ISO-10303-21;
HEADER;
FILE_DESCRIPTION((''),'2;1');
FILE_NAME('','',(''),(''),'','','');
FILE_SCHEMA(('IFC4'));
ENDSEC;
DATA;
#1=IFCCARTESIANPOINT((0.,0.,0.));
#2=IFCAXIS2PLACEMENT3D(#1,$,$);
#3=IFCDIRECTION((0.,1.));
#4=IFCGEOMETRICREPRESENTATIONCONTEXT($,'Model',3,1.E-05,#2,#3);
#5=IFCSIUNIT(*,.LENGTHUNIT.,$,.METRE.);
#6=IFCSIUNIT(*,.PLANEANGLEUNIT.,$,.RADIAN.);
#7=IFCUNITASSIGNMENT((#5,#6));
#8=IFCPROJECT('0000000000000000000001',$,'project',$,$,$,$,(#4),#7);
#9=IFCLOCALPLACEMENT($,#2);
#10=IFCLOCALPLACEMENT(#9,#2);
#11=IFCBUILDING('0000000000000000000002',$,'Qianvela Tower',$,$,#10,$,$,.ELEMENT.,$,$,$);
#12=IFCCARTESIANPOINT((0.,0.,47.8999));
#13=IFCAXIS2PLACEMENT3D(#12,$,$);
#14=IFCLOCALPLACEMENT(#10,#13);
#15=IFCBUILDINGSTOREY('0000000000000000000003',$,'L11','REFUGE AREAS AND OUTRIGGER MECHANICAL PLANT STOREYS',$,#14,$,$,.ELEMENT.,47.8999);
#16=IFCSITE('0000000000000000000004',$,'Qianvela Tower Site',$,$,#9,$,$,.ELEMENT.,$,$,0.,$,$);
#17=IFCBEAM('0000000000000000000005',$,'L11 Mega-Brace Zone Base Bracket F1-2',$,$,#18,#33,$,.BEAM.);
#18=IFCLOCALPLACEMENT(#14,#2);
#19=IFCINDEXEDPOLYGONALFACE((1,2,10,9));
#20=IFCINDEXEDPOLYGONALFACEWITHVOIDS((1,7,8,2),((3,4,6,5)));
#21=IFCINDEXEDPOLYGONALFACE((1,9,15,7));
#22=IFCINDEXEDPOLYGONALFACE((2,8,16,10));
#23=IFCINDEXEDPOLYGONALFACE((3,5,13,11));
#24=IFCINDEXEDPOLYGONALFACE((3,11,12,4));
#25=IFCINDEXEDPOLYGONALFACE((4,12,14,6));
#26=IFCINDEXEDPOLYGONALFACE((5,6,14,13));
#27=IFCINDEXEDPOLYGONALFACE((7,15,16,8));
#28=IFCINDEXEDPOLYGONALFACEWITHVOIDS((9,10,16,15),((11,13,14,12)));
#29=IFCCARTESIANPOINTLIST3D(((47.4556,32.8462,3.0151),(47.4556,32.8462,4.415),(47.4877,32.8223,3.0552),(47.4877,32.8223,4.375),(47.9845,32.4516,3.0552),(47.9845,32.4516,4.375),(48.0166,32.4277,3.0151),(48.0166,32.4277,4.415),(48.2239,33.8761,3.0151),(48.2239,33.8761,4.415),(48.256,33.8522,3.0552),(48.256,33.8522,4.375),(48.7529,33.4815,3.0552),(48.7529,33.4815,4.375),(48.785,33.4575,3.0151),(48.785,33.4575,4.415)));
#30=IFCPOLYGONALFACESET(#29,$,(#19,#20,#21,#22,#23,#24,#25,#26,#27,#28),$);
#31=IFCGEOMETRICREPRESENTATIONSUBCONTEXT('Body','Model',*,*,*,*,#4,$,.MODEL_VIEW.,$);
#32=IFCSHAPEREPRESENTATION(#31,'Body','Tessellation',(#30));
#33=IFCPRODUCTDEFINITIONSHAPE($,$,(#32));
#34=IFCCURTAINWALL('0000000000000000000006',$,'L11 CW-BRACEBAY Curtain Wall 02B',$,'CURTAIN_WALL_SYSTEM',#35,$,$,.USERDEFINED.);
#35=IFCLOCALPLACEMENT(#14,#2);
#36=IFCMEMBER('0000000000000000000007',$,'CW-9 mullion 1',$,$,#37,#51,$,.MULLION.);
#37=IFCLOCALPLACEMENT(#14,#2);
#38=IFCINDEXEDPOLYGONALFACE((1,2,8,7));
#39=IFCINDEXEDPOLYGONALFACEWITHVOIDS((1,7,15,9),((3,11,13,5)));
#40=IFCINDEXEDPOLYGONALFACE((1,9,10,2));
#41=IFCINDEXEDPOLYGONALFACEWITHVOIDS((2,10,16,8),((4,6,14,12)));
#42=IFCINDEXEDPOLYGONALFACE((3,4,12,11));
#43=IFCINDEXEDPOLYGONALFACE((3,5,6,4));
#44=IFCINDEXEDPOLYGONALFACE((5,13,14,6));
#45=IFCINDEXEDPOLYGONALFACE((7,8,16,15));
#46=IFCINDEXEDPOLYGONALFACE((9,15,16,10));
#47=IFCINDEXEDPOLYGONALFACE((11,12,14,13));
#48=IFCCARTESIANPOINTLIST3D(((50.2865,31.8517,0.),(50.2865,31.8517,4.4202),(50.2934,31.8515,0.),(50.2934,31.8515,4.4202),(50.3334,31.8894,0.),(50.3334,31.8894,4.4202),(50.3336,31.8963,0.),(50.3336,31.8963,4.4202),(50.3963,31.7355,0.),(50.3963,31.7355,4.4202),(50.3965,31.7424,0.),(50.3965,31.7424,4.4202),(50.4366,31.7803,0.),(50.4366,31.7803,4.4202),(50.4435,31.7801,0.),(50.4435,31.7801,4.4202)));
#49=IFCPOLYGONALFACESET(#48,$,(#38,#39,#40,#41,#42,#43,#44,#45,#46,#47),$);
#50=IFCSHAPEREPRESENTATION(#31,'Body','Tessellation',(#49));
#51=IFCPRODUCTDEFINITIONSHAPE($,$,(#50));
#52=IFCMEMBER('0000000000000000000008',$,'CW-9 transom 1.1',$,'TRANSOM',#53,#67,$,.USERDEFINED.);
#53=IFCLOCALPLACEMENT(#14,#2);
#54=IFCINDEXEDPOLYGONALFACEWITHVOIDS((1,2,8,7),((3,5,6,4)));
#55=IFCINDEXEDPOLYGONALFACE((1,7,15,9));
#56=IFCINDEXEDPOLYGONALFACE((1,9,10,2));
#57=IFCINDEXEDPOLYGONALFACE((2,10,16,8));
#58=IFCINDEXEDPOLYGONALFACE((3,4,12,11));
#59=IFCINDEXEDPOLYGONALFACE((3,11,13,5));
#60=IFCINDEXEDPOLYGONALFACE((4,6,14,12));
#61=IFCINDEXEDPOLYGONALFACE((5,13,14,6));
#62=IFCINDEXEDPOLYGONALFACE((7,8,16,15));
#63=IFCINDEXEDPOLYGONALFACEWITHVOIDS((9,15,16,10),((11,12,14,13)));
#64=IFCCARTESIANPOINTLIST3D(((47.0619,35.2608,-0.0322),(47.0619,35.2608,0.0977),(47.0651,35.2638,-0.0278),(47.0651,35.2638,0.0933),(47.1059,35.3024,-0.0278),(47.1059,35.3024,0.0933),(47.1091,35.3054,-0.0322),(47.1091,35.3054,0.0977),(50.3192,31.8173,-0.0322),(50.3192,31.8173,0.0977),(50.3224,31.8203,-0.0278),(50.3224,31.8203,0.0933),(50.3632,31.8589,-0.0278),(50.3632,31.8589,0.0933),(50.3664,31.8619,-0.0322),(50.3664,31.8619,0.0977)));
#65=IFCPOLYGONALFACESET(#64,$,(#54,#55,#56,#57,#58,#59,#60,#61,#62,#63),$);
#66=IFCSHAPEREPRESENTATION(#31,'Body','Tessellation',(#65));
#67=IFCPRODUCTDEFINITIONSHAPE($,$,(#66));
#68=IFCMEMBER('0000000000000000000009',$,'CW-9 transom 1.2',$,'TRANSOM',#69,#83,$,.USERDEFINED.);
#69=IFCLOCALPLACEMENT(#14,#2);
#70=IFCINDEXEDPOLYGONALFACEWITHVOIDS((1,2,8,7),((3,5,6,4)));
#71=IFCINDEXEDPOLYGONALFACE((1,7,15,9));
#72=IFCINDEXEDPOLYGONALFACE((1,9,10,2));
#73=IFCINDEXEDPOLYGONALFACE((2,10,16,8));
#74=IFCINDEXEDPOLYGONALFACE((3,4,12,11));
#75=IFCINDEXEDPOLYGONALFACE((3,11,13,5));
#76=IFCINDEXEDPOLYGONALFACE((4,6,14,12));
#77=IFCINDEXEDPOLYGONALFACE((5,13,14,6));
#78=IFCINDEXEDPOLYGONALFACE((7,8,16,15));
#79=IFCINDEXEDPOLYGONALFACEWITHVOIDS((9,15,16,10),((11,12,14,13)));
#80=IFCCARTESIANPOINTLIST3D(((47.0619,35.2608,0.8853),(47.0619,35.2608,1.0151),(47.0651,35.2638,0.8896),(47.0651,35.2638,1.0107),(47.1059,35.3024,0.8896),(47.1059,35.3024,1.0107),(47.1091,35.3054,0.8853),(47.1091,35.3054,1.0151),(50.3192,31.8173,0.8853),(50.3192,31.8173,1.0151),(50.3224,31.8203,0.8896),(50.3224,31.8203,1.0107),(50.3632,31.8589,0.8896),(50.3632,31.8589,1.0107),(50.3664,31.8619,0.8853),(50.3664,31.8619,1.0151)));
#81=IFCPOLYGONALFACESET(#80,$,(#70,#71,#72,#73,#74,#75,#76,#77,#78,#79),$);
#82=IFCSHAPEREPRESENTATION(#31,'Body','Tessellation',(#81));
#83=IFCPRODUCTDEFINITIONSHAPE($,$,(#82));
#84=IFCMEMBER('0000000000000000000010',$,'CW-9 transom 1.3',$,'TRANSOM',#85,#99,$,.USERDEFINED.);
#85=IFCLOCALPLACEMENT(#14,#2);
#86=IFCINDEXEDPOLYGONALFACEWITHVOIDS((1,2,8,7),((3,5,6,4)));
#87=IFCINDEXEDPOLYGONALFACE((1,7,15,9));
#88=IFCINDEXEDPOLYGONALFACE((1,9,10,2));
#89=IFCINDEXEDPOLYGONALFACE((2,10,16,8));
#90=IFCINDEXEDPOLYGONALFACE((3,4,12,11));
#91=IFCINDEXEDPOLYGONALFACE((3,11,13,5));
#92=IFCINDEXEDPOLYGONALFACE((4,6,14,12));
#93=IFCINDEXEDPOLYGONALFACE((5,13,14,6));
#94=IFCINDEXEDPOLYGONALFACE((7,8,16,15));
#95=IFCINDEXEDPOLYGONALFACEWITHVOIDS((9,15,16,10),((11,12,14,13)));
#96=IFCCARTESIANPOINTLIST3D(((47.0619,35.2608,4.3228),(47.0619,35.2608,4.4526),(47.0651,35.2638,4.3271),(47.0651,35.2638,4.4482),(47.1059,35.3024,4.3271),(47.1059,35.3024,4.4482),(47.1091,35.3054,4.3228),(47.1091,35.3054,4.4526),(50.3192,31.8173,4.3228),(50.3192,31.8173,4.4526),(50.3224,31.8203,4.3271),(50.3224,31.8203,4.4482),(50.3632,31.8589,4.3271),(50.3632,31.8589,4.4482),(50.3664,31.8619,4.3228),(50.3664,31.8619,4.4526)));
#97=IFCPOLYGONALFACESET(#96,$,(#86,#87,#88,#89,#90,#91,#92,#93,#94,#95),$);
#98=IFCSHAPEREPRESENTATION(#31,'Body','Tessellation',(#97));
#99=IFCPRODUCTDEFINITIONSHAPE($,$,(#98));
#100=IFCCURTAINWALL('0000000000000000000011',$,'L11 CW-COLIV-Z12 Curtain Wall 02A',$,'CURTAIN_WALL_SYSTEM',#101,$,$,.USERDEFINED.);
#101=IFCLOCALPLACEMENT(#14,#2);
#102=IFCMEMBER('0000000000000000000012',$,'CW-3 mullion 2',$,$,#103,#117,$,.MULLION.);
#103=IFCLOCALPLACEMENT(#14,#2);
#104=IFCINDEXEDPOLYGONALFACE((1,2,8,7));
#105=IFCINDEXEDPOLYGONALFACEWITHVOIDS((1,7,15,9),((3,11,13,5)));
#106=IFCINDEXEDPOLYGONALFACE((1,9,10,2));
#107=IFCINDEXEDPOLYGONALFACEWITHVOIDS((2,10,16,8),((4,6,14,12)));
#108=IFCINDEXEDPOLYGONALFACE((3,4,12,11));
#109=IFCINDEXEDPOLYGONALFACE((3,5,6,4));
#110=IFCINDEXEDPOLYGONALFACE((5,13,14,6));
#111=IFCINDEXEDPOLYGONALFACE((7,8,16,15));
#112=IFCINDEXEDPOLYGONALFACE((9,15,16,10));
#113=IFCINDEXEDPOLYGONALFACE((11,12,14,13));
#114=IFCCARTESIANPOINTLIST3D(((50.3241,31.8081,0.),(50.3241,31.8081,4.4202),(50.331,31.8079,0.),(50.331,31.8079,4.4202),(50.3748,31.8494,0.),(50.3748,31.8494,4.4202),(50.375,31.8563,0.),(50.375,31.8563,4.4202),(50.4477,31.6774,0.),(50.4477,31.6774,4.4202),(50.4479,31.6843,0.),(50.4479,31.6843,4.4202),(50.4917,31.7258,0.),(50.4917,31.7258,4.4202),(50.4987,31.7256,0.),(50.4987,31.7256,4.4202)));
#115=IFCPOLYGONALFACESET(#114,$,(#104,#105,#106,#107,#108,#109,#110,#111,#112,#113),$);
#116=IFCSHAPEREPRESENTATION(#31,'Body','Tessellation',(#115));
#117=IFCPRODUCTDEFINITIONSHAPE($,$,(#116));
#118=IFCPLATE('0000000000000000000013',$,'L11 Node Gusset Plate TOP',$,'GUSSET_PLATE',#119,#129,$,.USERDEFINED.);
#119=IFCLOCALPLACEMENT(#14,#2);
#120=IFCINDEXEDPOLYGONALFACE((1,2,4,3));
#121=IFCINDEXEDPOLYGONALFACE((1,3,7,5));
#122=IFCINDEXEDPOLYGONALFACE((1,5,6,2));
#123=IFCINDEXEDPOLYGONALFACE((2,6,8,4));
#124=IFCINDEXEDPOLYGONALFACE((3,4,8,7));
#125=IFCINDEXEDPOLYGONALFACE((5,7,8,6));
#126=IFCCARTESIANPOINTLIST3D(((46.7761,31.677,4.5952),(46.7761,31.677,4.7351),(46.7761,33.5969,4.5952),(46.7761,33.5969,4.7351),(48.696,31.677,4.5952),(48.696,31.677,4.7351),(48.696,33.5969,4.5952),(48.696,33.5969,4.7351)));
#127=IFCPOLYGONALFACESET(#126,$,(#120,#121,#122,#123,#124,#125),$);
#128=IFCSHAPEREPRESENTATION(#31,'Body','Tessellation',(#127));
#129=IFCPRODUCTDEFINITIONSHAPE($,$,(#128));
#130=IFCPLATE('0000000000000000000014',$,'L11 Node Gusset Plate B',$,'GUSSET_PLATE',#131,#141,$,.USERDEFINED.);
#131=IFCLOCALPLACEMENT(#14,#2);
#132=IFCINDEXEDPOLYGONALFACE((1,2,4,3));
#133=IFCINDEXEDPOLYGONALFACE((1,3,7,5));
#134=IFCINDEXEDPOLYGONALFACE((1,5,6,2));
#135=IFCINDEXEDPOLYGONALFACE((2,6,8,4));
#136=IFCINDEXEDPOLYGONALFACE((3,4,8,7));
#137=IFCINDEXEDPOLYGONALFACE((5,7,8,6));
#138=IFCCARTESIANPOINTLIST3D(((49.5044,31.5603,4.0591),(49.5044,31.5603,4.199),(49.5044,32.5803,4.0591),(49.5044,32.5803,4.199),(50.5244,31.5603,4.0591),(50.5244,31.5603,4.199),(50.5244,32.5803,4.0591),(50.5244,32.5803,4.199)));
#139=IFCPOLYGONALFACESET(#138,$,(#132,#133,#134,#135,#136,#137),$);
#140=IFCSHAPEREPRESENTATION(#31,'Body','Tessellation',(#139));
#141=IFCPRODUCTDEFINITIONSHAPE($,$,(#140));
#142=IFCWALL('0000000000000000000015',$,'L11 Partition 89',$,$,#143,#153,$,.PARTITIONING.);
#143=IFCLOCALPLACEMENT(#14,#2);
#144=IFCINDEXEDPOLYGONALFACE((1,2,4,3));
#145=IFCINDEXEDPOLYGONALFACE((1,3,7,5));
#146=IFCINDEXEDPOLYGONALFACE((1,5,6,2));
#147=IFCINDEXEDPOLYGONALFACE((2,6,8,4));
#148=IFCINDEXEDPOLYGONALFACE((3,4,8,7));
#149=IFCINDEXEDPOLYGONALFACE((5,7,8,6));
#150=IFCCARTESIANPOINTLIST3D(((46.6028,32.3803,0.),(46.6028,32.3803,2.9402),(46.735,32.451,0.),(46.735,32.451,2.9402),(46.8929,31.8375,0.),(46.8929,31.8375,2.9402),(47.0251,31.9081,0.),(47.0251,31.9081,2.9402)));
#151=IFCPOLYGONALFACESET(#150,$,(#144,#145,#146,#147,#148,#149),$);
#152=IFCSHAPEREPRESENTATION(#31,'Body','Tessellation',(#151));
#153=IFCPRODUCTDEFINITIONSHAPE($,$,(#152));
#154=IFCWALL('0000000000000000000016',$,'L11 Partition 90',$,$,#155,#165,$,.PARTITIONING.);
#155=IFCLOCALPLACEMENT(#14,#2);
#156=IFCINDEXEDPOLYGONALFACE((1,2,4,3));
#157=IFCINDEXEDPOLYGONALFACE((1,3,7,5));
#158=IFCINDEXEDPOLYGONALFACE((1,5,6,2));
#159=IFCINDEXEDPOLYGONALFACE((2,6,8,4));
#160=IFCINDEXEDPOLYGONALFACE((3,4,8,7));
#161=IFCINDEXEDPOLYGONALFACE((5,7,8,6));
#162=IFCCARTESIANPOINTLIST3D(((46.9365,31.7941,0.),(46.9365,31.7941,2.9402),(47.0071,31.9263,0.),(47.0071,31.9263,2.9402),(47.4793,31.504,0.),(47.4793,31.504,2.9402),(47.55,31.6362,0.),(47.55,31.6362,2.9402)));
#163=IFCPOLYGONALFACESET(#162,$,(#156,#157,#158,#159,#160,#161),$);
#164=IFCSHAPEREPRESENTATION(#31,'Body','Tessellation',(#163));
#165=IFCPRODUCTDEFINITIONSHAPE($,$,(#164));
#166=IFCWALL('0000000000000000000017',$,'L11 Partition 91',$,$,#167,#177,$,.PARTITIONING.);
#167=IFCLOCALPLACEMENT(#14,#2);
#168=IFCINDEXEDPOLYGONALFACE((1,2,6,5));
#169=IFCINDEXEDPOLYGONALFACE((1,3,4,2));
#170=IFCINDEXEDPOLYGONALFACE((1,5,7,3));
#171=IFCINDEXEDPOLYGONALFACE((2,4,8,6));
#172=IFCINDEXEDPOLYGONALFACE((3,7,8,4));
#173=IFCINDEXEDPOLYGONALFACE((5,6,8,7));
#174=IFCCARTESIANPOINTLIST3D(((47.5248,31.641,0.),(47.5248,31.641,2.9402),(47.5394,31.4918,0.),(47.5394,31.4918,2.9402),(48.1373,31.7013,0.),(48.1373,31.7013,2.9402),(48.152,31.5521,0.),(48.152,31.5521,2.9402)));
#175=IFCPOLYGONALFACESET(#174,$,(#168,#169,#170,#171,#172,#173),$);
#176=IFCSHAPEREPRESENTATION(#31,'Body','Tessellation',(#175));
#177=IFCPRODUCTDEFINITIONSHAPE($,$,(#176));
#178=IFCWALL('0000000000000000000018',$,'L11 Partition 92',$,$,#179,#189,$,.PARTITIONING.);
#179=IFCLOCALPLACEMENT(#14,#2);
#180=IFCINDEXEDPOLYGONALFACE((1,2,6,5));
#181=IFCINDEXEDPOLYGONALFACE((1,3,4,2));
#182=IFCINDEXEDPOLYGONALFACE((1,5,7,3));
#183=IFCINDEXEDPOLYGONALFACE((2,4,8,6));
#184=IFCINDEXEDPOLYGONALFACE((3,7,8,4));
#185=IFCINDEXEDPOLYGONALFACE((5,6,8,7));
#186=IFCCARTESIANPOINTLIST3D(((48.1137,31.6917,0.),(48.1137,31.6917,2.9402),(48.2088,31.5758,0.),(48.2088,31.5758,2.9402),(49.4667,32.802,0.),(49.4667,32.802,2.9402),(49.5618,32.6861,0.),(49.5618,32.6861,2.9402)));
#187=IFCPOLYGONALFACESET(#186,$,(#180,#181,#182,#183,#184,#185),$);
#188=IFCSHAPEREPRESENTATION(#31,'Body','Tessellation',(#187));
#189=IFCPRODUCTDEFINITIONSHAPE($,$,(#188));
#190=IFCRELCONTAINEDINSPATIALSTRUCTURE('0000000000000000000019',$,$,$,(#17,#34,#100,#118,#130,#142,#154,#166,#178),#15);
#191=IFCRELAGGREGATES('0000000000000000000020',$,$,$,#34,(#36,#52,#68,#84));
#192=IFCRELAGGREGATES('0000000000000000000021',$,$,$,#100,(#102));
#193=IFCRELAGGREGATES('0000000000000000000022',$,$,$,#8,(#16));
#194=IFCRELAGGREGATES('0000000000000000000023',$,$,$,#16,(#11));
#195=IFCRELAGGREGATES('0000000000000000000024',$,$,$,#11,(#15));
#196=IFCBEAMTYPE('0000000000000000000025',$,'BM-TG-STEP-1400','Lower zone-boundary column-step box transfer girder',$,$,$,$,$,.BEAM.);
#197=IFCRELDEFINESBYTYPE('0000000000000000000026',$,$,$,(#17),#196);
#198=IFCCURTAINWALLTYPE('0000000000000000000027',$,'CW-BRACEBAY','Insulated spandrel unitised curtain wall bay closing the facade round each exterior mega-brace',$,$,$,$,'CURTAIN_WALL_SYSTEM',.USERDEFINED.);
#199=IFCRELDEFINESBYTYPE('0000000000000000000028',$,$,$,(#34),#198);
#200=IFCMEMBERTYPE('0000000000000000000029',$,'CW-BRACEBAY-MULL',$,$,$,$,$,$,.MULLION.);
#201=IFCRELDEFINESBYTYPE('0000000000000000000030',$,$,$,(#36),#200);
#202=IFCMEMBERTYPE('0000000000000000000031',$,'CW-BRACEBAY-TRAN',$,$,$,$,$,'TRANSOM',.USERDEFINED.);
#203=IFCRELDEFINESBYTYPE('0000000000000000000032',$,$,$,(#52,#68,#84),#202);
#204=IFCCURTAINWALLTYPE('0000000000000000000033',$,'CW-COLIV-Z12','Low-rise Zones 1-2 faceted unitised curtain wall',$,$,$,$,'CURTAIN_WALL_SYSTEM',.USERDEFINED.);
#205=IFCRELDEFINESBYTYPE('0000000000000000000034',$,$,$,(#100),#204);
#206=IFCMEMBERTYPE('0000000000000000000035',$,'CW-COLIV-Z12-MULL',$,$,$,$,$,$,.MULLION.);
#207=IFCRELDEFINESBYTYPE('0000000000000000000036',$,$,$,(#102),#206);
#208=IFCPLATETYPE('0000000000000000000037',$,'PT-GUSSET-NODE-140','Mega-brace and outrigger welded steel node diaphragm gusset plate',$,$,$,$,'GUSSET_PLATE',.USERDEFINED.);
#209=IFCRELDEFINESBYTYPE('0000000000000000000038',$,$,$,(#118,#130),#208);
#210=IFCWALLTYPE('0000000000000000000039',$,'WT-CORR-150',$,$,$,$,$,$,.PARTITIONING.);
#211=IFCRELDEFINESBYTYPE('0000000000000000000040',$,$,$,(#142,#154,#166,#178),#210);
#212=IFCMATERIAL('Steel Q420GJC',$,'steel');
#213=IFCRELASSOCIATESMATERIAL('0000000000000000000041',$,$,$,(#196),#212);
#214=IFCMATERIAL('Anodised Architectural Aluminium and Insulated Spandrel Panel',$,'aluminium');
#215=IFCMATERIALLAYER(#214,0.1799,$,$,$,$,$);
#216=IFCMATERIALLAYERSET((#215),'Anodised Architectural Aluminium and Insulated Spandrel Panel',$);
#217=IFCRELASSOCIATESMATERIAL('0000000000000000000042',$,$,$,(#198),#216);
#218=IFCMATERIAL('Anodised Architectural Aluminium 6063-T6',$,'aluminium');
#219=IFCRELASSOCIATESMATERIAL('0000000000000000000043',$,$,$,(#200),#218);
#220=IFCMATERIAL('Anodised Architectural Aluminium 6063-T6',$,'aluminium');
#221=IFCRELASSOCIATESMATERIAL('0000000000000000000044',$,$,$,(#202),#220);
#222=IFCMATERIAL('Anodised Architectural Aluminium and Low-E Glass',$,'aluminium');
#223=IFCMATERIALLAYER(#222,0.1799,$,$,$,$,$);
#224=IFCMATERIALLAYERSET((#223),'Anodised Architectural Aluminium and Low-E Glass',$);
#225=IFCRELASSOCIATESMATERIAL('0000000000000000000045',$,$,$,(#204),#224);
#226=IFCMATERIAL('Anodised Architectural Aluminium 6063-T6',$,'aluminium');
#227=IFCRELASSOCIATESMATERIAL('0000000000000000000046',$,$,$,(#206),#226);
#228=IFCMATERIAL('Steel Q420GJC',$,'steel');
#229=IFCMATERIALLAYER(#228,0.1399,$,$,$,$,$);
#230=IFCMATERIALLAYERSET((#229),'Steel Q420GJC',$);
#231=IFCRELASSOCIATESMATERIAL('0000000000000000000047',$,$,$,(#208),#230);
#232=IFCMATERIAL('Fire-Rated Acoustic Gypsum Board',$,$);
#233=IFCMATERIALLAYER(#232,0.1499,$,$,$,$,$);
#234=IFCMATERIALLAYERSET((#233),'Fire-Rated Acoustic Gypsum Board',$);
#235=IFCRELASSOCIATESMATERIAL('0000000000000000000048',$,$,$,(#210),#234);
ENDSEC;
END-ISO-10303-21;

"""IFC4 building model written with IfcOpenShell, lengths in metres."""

from ifc_helpers import new_model, si_unit, direction, frame, frame_2d, origin, origin_2d, place, context, subcontext, project, spatial, rectangle, hollow_rectangle, extrude, material, layer, layer_set, material_profile, profile_set, type_object, element, aggregate, save


model = new_model("IFC4")

# Units and contexts
model_context = context("Model", 3, precision=1e-05, world=origin(), true_north=direction((0.0, 1.0)))
body_context = subcontext(model_context, "Body", "Model", "MODEL_VIEW")
ifc_project = project(units=[si_unit("LENGTHUNIT", "METRE"), si_unit("PLANEANGLEUNIT", "RADIAN")], contexts=[model_context])

# Site, building, storey
site_placement = place(None, origin())
site = spatial("IfcSite", under=ifc_project, at=site_placement, Name="Qianvela Tower Site", CompositionType="ELEMENT", RefElevation=0.0)
building_placement = place(site_placement, origin())
building = spatial("IfcBuilding", under=site, at=building_placement, Name="Qianvela Tower", CompositionType="ELEMENT")
storey_placement = place(building_placement, frame((0.0, 0.0, 47.8999)))
storey = spatial("IfcBuildingStorey", under=building, at=storey_placement, Name="L11", Description="REFUGE AREAS AND OUTRIGGER MECHANICAL PLANT STOREYS", CompositionType="ELEMENT", Elevation=47.8999)

# Beam
ifc_material_1 = material(Name="Steel Q420GJC", Category="steel")
ifc_material_profile_1 = material_profile(ifc_material_1, hollow_rectangle(XDim=0.7, YDim=1.3999, WallThickness=0.04, at=origin_2d()), Name="TG-BOX-1400x700x40")
ifc_profile_set_1 = profile_set([ifc_material_profile_1], Name="Steel Q420GJC")
beam_type_1 = type_object("IfcBeamType", Name="BM-TG-STEP-1400", Description="Lower zone-boundary column-step box transfer girder", PredefinedType="BEAM", material=ifc_profile_set_1)
beam_1_placement = place(storey_placement, frame((47.7361, 32.637, 3.7151), z_axis=(0.597992, 0.801502, 0.0), x_axis=(-0.801502, 0.597992, 0.0)))
element("IfcBeam", 1, at=beam_1_placement, inside=storey, type_object=beam_type_1, Name="L11 Mega-Brace Zone Base Bracket F1-2", PredefinedType="BEAM", context=body_context, shape_type="SweptSolid", body=[
    extrude(hollow_rectangle(XDim=0.7, YDim=1.3999, WallThickness=0.04, at=origin_2d()), origin(), (0.0, 0.0, 1.0), 1.2849),
])

# Curtain wall, members
ifc_material_2 = material(Name="Anodised Architectural Aluminium and Insulated Spandrel Panel", Category="aluminium")
ifc_layer_1 = layer(ifc_material_2, 0.1799)
ifc_layer_set_1 = layer_set([ifc_layer_1], Name="Anodised Architectural Aluminium and Insulated Spandrel Panel")
curtain_wall_type_1 = type_object("IfcCurtainWallType", Name="CW-BRACEBAY", Description="Insulated spandrel unitised curtain wall bay closing the facade round each exterior mega-brace", ElementType="CURTAIN_WALL_SYSTEM", PredefinedType="USERDEFINED", material=ifc_layer_set_1)
curtain_wall_1_placement = place(storey_placement, origin())
curtain_wall_1 = element("IfcCurtainWall", 2, at=curtain_wall_1_placement, inside=storey, type_object=curtain_wall_type_1, Name="L11 CW-BRACEBAY Curtain Wall 02B", ObjectType="CURTAIN_WALL_SYSTEM", PredefinedType="USERDEFINED")
ifc_material_3 = material(Name="Anodised Architectural Aluminium 6063-T6", Category="aluminium")
ifc_material_profile_2 = material_profile(ifc_material_3, hollow_rectangle(XDim=0.0649, YDim=0.1599, WallThickness=0.0049, at=origin_2d()), Name="ALU-MULL-65x160")
ifc_profile_set_2 = profile_set([ifc_material_profile_2], Name="Anodised Architectural Aluminium 6063-T6")
member_type_1 = type_object("IfcMemberType", Name="CW-BRACEBAY-MULL", PredefinedType="MULLION", material=ifc_profile_set_2)
member_1_placement = place(storey_placement, frame((50.365, 31.8159, 0.0), z_axis=(0.0, 0.0, 1.0), x_axis=(-0.726504, -0.687162, 0.0)))
member_1 = element("IfcMember", 3, at=member_1_placement, type_object=member_type_1, Name="CW-9 mullion 1", PredefinedType="MULLION", context=body_context, shape_type="SweptSolid", body=[
    extrude(hollow_rectangle(XDim=0.0649, YDim=0.1599, WallThickness=0.0049, at=origin_2d()), origin(), (0.0, 0.0, 1.0), 4.4202),
])
ifc_material_4 = material(Name="Anodised Architectural Aluminium 6063-T6", Category="aluminium")
ifc_material_profile_3 = material_profile(ifc_material_4, hollow_rectangle(XDim=0.0649, YDim=0.1299, WallThickness=0.0044, at=origin_2d()), Name="ALU-TRAN-65x130")
ifc_profile_set_3 = profile_set([ifc_material_profile_3], Name="Anodised Architectural Aluminium 6063-T6")
member_type_2 = type_object("IfcMemberType", Name="CW-BRACEBAY-TRAN", ElementType="TRANSOM", PredefinedType="USERDEFINED", material=ifc_profile_set_3)
member_2_placement = place(storey_placement, frame((50.3428, 31.8396, 0.0327), z_axis=(-0.687184, 0.726483, 0.0), x_axis=(-0.726483, -0.687184, 0.0)))
member_2 = element("IfcMember", 4, at=member_2_placement, type_object=member_type_2, Name="CW-9 transom 1.1", ObjectType="TRANSOM", PredefinedType="USERDEFINED", context=body_context, shape_type="SweptSolid", body=[
    extrude(hollow_rectangle(XDim=0.0649, YDim=0.1299, WallThickness=0.0044, at=origin_2d()), origin(), (0.0, 0.0, 1.0), 4.74),
])
member_3_placement = place(storey_placement, frame((50.3428, 31.8396, 0.9502), z_axis=(-0.687184, 0.726483, 0.0), x_axis=(-0.726483, -0.687184, 0.0)))
member_3 = element("IfcMember", 5, at=member_3_placement, type_object=member_type_2, Name="CW-9 transom 1.2", ObjectType="TRANSOM", PredefinedType="USERDEFINED", context=body_context, shape_type="SweptSolid", body=[
    extrude(hollow_rectangle(XDim=0.0649, YDim=0.1299, WallThickness=0.0044, at=origin_2d()), origin(), (0.0, 0.0, 1.0), 4.74),
])
member_4_placement = place(storey_placement, frame((50.3428, 31.8396, 4.3877), z_axis=(-0.687184, 0.726483, 0.0), x_axis=(-0.726483, -0.687184, 0.0)))
member_4 = element("IfcMember", 6, at=member_4_placement, type_object=member_type_2, Name="CW-9 transom 1.3", ObjectType="TRANSOM", PredefinedType="USERDEFINED", context=body_context, shape_type="SweptSolid", body=[
    extrude(hollow_rectangle(XDim=0.0649, YDim=0.1299, WallThickness=0.0044, at=origin_2d()), origin(), (0.0, 0.0, 1.0), 4.74),
])
aggregate(curtain_wall_1, [member_1, member_2, member_3, member_4])

# Curtain wall, member
ifc_material_5 = material(Name="Anodised Architectural Aluminium and Low-E Glass", Category="aluminium")
ifc_layer_2 = layer(ifc_material_5, 0.1799)
ifc_layer_set_2 = layer_set([ifc_layer_2], Name="Anodised Architectural Aluminium and Low-E Glass")
curtain_wall_type_2 = type_object("IfcCurtainWallType", Name="CW-COLIV-Z12", Description="Low-rise Zones 1-2 faceted unitised curtain wall", ElementType="CURTAIN_WALL_SYSTEM", PredefinedType="USERDEFINED", material=ifc_layer_set_2)
curtain_wall_2_placement = place(storey_placement, origin())
curtain_wall_2 = element("IfcCurtainWall", 7, at=curtain_wall_2_placement, inside=storey, type_object=curtain_wall_type_2, Name="L11 CW-COLIV-Z12 Curtain Wall 02A", ObjectType="CURTAIN_WALL_SYSTEM", PredefinedType="USERDEFINED")
ifc_material_6 = material(Name="Anodised Architectural Aluminium 6063-T6", Category="aluminium")
ifc_material_profile_4 = material_profile(ifc_material_6, hollow_rectangle(XDim=0.0701, YDim=0.1799, WallThickness=0.0049, at=origin_2d()), Name="ALU-MULL-70x180")
ifc_profile_set_4 = profile_set([ifc_material_profile_4], Name="Anodised Architectural Aluminium 6063-T6")
member_type_3 = type_object("IfcMemberType", Name="CW-COLIV-Z12-MULL", PredefinedType="MULLION", material=ifc_profile_set_4)
member_5_placement = place(storey_placement, frame((50.4114, 31.7668, 0.0), z_axis=(0.0, 0.0, 1.0), x_axis=(-0.726493, -0.687174, 0.0)))
member_5 = element("IfcMember", 8, at=member_5_placement, type_object=member_type_3, Name="CW-3 mullion 2", PredefinedType="MULLION", context=body_context, shape_type="SweptSolid", body=[
    extrude(hollow_rectangle(XDim=0.0701, YDim=0.1799, WallThickness=0.0049, at=origin_2d()), origin(), (0.0, 0.0, 1.0), 4.4202),
])
aggregate(curtain_wall_2, [member_5])

# Plates
ifc_material_7 = material(Name="Steel Q420GJC", Category="steel")
ifc_layer_3 = layer(ifc_material_7, 0.1399)
ifc_layer_set_3 = layer_set([ifc_layer_3], Name="Steel Q420GJC")
plate_type = type_object("IfcPlateType", Name="PT-GUSSET-NODE-140", Description="Mega-brace and outrigger welded steel node diaphragm gusset plate", ElementType="GUSSET_PLATE", PredefinedType="USERDEFINED", material=ifc_layer_set_3)
plate_1_placement = place(storey_placement, frame((47.7361, 32.637, 4.5952), z_axis=(0.0, 0.0, 1.0), x_axis=(1.0, 0.0, 0.0)))
element("IfcPlate", 9, at=plate_1_placement, inside=storey, type_object=plate_type, Name="L11 Node Gusset Plate TOP", ObjectType="GUSSET_PLATE", PredefinedType="USERDEFINED", context=body_context, shape_type="SweptSolid", body=[
    extrude(rectangle(XDim=1.9199, YDim=1.9199, at=origin_2d()), origin(), (0.0, 0.0, 1.0), 0.1399),
])
plate_2_placement = place(storey_placement, frame((50.0144, 32.0703, 4.0591), z_axis=(0.0, 0.0, 1.0), x_axis=(1.0, 0.0, 0.0)))
element("IfcPlate", 10, at=plate_2_placement, inside=storey, type_object=plate_type, Name="L11 Node Gusset Plate B", ObjectType="GUSSET_PLATE", PredefinedType="USERDEFINED", context=body_context, shape_type="SweptSolid", body=[
    extrude(rectangle(XDim=1.02, YDim=1.02, at=origin_2d()), origin(), (0.0, 0.0, 1.0), 0.1399),
])

# Walls
ifc_material_8 = material(Name="Fire-Rated Acoustic Gypsum Board")
ifc_layer_4 = layer(ifc_material_8, 0.1499)
ifc_layer_set_4 = layer_set([ifc_layer_4], Name="Fire-Rated Acoustic Gypsum Board")
wall_type_1 = type_object("IfcWallType", Name="WT-CORR-150", PredefinedType="PARTITIONING", material=ifc_layer_set_4)
for number, where, z_axis, x_axis, name in (
    (11, (46.6689, 32.4155, 0.0), (0.0, 0.0, 1.0), (0.471329, -0.881957, 0.0), "L11 Partition 89"),
    (12, (46.9719, 31.8601, 0.0), (0.0, 0.0, 1.0), (0.881957, -0.471329, 0.0), "L11 Partition 90"),
    (13, (47.5322, 31.5664, 0.0), (0.0, 0.0, 1.0), (0.995189, 0.097972, 0.0), "L11 Partition 91"),
):
    element("IfcWall", number, at=place(storey_placement, frame(where, z_axis=z_axis, x_axis=x_axis)), inside=storey, type_object=wall_type_1, Name=name, PredefinedType="PARTITIONING", context=body_context, shape_type="SweptSolid", body=[
        extrude(rectangle(XDim=0.6155, YDim=0.1499, at=frame_2d((0.3076, 0.0))), origin(), (0.0, 0.0, 1.0), 2.9402),
    ])
wall_1_placement = place(storey_placement, frame((48.1614, 31.6338, 0.0), z_axis=(0.0, 0.0, 1.0), x_axis=(0.773024, 0.634376, 0.0)))
element("IfcWall", 14, at=wall_1_placement, inside=storey, type_object=wall_type_1, Name="L11 Partition 92", PredefinedType="PARTITIONING", context=body_context, shape_type="SweptSolid", body=[
    extrude(rectangle(XDim=1.7502, YDim=0.1499, at=frame_2d((0.875, 0.0))), origin(), (0.0, 0.0, 1.0), 2.9402),
])

save(model, "model.ifc")
